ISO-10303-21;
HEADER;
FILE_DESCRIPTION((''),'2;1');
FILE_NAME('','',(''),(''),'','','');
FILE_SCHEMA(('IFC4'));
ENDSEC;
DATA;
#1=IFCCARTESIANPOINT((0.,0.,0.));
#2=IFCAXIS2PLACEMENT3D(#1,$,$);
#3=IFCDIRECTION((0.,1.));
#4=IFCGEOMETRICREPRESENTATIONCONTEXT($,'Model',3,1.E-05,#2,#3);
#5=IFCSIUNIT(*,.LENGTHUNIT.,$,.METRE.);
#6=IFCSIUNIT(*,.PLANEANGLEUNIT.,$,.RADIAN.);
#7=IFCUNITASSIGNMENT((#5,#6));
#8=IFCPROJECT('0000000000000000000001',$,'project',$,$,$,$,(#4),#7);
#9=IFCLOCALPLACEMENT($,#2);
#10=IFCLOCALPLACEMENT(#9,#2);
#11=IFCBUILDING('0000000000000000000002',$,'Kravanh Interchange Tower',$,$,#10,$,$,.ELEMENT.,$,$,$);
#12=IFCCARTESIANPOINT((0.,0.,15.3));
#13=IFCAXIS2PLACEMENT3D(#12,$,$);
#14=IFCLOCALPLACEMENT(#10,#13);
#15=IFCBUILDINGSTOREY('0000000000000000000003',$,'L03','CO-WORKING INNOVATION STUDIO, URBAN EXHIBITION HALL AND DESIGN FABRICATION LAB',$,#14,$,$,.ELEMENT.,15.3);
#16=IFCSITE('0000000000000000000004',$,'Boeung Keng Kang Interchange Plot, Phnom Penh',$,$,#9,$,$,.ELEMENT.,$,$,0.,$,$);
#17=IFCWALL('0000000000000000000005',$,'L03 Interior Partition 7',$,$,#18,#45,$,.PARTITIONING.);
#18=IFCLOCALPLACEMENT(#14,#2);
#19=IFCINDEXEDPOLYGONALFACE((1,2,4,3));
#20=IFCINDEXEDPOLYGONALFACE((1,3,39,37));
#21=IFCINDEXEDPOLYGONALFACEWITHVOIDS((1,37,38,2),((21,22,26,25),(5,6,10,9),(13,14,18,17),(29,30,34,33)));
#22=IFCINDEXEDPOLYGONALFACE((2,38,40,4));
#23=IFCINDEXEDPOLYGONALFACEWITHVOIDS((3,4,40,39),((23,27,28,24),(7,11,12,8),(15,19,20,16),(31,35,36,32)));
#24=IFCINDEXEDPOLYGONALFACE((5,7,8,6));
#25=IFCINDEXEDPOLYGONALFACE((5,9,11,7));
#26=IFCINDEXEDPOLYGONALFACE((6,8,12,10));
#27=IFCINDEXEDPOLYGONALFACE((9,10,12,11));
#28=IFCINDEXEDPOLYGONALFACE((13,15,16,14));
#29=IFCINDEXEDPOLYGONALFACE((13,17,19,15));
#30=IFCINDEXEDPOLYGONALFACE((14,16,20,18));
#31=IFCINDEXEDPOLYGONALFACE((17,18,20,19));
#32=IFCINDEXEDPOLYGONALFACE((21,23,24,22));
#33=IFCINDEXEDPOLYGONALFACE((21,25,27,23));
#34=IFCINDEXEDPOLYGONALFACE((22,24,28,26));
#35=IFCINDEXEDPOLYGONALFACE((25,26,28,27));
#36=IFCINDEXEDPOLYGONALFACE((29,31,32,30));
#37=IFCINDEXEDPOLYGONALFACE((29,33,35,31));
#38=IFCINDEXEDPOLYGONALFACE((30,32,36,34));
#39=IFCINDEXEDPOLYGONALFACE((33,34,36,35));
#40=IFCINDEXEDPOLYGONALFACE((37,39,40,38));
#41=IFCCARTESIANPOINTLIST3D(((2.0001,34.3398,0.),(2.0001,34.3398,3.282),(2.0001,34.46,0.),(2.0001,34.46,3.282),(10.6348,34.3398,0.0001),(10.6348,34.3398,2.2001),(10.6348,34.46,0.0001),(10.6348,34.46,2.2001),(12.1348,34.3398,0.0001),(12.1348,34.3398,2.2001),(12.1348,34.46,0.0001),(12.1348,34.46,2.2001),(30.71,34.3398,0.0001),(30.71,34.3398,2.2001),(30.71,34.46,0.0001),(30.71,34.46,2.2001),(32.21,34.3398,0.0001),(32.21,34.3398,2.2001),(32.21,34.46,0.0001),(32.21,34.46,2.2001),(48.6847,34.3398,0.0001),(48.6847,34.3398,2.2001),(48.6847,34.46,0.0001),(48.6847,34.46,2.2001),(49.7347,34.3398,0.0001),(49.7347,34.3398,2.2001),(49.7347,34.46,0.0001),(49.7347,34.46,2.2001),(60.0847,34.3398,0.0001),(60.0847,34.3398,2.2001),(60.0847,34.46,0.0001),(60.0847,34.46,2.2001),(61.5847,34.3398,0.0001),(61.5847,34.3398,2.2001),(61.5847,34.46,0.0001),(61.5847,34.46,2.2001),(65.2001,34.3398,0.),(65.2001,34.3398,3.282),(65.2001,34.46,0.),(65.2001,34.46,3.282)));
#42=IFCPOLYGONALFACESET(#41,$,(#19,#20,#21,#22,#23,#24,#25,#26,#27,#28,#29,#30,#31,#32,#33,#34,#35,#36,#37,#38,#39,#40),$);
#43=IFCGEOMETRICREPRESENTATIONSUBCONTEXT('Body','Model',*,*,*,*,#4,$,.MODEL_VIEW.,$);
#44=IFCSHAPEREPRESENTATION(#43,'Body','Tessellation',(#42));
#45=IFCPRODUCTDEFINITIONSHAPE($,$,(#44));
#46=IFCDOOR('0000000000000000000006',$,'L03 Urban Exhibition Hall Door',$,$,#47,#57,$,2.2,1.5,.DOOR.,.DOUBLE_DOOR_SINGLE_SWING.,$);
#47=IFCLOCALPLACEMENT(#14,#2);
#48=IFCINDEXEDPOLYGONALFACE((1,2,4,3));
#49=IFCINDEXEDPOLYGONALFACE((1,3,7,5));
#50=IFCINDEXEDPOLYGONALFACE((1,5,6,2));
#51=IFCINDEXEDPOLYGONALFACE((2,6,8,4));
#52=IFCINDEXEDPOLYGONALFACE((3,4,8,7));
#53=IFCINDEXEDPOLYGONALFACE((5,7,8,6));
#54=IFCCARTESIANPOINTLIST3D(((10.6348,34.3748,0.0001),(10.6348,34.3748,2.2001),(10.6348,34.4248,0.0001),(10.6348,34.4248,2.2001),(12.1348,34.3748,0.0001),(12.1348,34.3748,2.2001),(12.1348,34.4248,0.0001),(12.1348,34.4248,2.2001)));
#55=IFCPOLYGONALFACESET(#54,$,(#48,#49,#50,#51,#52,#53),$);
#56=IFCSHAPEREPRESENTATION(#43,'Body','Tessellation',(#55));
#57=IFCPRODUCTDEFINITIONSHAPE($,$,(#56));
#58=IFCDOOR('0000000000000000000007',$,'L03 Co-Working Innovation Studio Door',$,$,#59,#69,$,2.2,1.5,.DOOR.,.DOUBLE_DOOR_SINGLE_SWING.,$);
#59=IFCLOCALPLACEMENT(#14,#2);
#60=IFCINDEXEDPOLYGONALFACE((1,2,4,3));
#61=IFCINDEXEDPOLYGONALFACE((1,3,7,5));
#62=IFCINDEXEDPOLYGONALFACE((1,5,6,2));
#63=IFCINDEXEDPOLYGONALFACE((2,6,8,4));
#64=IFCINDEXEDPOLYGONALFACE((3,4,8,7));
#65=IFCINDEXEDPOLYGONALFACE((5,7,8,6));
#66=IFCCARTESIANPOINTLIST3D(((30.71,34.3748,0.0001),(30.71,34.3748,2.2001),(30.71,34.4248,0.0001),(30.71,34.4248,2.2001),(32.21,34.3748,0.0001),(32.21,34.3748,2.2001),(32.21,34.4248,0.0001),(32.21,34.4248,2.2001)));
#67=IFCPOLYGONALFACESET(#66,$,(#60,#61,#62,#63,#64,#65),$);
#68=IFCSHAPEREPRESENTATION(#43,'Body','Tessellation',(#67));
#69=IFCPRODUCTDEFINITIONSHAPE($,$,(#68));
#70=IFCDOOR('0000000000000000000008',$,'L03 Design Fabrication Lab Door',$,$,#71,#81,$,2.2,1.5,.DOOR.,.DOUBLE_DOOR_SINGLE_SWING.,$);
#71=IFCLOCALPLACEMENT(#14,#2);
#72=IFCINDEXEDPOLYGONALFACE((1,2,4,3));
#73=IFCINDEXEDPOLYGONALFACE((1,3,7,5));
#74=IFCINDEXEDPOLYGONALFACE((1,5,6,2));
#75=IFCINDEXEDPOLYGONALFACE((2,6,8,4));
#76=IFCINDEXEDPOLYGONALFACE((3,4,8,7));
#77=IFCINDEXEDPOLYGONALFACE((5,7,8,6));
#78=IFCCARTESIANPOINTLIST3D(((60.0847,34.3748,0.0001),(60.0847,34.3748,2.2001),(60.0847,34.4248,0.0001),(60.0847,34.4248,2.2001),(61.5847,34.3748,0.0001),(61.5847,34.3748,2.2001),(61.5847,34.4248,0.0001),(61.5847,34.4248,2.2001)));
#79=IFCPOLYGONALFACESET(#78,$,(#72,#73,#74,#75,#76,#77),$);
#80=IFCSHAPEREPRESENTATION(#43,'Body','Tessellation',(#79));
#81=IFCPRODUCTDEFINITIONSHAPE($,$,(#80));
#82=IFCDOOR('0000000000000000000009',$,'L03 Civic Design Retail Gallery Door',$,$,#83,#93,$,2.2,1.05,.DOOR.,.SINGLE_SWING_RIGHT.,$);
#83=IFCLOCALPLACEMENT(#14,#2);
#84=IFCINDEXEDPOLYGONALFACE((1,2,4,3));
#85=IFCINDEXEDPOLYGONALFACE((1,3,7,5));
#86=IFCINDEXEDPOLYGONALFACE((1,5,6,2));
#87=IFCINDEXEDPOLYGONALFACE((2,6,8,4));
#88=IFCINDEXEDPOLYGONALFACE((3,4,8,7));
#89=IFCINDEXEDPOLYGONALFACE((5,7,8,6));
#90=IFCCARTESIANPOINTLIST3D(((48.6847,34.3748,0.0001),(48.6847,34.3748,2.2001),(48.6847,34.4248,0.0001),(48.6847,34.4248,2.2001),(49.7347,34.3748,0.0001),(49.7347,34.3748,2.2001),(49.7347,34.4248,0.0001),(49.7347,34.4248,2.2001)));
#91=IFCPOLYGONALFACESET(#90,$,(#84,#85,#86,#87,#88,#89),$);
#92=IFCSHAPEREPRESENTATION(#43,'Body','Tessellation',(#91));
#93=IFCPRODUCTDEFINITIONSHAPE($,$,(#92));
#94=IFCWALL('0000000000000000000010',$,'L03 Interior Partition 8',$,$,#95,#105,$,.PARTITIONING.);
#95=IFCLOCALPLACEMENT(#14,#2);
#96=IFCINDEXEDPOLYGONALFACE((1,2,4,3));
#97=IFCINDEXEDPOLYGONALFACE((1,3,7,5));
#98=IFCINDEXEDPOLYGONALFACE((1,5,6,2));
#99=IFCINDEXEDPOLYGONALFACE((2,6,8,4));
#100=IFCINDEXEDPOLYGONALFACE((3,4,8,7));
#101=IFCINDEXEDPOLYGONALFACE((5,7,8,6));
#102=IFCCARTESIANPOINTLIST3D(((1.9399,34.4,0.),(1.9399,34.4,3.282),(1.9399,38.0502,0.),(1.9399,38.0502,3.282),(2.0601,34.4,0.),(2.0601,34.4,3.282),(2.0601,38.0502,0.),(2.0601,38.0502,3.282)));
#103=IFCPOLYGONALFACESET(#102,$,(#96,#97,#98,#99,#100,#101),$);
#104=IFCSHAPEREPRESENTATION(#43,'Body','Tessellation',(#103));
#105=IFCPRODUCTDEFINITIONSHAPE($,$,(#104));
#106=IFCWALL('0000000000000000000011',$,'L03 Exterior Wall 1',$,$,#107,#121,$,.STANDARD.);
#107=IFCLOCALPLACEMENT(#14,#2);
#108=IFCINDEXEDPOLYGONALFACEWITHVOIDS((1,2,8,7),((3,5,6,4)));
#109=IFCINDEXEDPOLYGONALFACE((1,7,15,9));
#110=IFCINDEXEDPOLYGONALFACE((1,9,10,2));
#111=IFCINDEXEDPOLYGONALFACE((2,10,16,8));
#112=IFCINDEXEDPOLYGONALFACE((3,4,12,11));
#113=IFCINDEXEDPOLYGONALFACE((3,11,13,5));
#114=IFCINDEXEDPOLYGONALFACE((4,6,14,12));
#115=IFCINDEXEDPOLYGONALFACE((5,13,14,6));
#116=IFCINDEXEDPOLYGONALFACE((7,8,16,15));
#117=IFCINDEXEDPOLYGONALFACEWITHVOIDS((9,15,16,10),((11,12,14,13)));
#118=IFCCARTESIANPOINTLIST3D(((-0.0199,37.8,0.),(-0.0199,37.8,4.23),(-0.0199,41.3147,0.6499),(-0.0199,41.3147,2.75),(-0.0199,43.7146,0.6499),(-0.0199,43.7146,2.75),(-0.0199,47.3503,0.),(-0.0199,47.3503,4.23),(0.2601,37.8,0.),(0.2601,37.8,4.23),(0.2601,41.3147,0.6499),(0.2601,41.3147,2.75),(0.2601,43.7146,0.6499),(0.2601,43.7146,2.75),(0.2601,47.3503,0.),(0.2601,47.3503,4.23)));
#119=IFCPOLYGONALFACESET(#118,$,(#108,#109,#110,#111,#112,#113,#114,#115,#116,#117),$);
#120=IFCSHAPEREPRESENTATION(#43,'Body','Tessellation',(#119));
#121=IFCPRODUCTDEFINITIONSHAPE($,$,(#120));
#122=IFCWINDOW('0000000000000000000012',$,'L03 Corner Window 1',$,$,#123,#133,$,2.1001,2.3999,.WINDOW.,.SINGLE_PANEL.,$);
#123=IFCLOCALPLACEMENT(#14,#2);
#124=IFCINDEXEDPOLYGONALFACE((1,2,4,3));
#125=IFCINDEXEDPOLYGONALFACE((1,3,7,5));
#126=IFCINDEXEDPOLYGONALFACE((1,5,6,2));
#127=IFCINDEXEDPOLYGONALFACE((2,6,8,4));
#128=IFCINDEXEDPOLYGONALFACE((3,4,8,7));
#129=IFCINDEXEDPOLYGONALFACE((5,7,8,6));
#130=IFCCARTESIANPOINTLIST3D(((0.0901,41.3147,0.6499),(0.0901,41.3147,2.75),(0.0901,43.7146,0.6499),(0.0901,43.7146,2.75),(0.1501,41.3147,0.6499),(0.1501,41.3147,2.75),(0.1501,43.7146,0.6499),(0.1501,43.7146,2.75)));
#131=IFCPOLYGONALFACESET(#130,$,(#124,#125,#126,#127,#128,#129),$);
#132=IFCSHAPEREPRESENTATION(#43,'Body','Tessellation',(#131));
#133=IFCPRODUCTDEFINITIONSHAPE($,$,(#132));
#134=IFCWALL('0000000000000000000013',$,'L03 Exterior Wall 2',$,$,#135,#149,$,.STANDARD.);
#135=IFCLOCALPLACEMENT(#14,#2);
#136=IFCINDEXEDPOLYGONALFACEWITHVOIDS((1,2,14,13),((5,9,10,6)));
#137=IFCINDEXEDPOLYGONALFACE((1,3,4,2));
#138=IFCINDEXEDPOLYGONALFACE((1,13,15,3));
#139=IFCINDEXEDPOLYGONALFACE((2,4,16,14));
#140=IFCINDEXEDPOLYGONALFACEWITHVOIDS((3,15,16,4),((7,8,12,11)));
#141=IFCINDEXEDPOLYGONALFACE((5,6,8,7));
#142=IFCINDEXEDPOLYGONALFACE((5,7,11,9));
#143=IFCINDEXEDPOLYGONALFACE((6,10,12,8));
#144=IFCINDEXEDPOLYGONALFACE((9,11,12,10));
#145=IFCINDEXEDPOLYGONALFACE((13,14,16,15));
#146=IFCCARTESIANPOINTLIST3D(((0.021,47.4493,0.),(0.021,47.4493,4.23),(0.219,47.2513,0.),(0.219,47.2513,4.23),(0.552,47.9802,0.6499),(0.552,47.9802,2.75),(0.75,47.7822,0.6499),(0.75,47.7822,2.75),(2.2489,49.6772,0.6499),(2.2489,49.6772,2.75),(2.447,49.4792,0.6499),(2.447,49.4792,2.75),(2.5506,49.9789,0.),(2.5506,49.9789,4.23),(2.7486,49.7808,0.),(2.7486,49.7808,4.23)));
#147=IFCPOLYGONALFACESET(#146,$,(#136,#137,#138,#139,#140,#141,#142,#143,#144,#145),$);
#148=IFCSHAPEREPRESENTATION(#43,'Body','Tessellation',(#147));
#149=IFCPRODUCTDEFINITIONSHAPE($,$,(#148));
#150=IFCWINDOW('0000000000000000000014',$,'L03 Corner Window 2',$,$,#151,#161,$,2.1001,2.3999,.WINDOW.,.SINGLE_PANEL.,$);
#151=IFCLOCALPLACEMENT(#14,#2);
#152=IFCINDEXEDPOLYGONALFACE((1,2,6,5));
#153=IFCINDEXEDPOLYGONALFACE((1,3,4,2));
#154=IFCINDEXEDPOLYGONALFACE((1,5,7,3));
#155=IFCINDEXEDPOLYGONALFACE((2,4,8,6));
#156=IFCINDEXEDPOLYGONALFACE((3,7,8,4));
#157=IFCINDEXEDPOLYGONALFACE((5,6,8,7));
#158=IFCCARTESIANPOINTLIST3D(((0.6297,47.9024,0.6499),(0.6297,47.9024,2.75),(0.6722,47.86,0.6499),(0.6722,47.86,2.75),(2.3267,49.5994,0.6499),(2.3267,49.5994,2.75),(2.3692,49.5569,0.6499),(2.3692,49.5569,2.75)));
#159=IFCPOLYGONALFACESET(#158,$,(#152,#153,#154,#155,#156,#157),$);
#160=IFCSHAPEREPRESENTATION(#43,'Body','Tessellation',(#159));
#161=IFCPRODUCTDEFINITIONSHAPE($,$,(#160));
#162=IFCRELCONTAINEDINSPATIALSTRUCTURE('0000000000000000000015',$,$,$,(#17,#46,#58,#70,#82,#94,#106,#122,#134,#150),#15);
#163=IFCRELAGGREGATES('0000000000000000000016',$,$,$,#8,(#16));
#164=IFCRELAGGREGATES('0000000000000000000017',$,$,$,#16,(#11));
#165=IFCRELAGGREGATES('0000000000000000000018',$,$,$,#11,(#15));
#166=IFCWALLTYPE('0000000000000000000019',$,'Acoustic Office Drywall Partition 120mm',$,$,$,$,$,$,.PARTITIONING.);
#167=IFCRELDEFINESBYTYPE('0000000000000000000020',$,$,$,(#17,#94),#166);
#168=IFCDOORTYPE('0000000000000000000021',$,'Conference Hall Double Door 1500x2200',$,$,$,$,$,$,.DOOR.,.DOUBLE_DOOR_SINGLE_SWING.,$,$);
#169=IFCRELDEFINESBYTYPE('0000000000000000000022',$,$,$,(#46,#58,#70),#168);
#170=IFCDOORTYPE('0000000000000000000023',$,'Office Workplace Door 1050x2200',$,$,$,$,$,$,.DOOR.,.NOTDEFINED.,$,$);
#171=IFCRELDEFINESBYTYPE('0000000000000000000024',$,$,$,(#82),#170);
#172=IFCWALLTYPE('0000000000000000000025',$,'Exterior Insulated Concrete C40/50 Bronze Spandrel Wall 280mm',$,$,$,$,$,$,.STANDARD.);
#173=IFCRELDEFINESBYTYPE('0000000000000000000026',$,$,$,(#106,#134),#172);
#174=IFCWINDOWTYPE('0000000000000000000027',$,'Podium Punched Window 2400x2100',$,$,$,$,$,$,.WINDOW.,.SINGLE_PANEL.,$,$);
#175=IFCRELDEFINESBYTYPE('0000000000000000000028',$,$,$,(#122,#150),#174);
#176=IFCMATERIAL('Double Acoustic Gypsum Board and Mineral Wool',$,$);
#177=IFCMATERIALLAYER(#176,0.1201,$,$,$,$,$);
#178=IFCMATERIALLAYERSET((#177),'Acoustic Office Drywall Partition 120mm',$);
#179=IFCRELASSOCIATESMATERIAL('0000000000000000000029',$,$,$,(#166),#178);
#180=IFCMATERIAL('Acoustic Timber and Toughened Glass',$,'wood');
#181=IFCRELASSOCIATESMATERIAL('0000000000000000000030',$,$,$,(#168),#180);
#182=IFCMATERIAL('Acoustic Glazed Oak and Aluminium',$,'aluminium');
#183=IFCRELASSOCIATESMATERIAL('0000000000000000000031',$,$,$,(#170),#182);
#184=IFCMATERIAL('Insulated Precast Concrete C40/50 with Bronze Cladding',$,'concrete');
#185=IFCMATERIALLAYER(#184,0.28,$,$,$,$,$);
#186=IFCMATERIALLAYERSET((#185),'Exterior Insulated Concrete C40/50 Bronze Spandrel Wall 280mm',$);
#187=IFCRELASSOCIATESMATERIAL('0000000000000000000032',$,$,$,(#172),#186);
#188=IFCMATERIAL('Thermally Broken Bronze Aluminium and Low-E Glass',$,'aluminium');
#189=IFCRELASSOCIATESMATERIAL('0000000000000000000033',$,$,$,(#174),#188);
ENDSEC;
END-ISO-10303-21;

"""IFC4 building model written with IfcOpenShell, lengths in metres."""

from ifc_helpers import new_model, si_unit, direction, frame, frame_2d, origin, place, context, subcontext, project, spatial, rectangle, extrude, material, layer, layer_set, type_object, element, fill, save


model = new_model("IFC4")

# Units and contexts
model_context = context("Model", 3, precision=1e-05, world=origin(), true_north=direction((0.0, 1.0)))
body_context = subcontext(model_context, "Body", "Model", "MODEL_VIEW")
ifc_project = project(units=[si_unit("LENGTHUNIT", "METRE"), si_unit("PLANEANGLEUNIT", "RADIAN")], contexts=[model_context])

# Site, building, storey
site_placement = place(None, origin())
site = spatial("IfcSite", under=ifc_project, at=site_placement, Name="Boeung Keng Kang Interchange Plot, Phnom Penh", CompositionType="ELEMENT", RefElevation=0.0)
building_placement = place(site_placement, origin())
building = spatial("IfcBuilding", under=site, at=building_placement, Name="Kravanh Interchange Tower", CompositionType="ELEMENT")
storey_placement = place(building_placement, frame((0.0, 0.0, 15.3)))
storey = spatial("IfcBuildingStorey", under=building, at=storey_placement, Name="L03", Description="CO-WORKING INNOVATION STUDIO, URBAN EXHIBITION HALL AND DESIGN FABRICATION LAB", CompositionType="ELEMENT", Elevation=15.3)

# Wall, openings, doors
ifc_material_1 = material(Name="Double Acoustic Gypsum Board and Mineral Wool")
ifc_layer_1 = layer(ifc_material_1, 0.1201)
ifc_layer_set_1 = layer_set([ifc_layer_1], Name="Acoustic Office Drywall Partition 120mm")
wall_type_1 = type_object("IfcWallType", Name="Acoustic Office Drywall Partition 120mm", PredefinedType="PARTITIONING", material=ifc_layer_set_1)
wall_1_placement = place(storey_placement, frame((2.0, 34.3999, 0.0), z_axis=(0.0, 0.0, 1.0), x_axis=(1.0, 0.0, 0.0)))
wall_1 = element("IfcWall", 1, at=wall_1_placement, inside=storey, type_object=wall_type_1, Name="L03 Interior Partition 7", PredefinedType="PARTITIONING", context=body_context, shape_type="SweptSolid", body=[
    extrude(rectangle(XDim=63.2, YDim=0.1201, at=frame_2d((31.6001, 0.0))), origin(), (0.0, 0.0, 1.0), 3.282),
])
opening_1_placement = place(wall_1_placement, frame((8.6348, 0.0, 0.0)))
opening_1 = element("IfcOpeningElement", 2, at=opening_1_placement, cuts=wall_1, PredefinedType="OPENING", context=body_context, shape_type="SweptSolid", body=[
    extrude(rectangle(XDim=1.5, YDim=2.2, at=frame_2d((0.75, 1.1001))), frame((0.0, 0.0701, 0.0), z_axis=(0.0, -1.0, 0.0), x_axis=(1.0, 0.0, 0.0)), (0.0, 0.0, 1.0), 0.1401),
])
opening_2_placement = place(wall_1_placement, frame((28.71, 0.0, 0.0)))
opening_2 = element("IfcOpeningElement", 3, at=opening_2_placement, cuts=wall_1, PredefinedType="OPENING", context=body_context, shape_type="SweptSolid", body=[
    extrude(rectangle(XDim=1.5, YDim=2.2, at=frame_2d((0.75, 1.1001))), frame((0.0, 0.0701, 0.0), z_axis=(0.0, -1.0, 0.0), x_axis=(1.0, 0.0, 0.0)), (0.0, 0.0, 1.0), 0.1401),
])
opening_3_placement = place(wall_1_placement, frame((46.6848, 0.0, 0.0)))
opening_3 = element("IfcOpeningElement", 4, at=opening_3_placement, cuts=wall_1, PredefinedType="OPENING", context=body_context, shape_type="SweptSolid", body=[
    extrude(rectangle(XDim=1.05, YDim=2.2, at=frame_2d((0.5249, 1.1001))), frame((0.0, 0.0701, 0.0), z_axis=(0.0, -1.0, 0.0), x_axis=(1.0, 0.0, 0.0)), (0.0, 0.0, 1.0), 0.1401),
])
opening_4_placement = place(wall_1_placement, frame((58.0847, 0.0, 0.0)))
opening_4 = element("IfcOpeningElement", 5, at=opening_4_placement, cuts=wall_1, PredefinedType="OPENING", context=body_context, shape_type="SweptSolid", body=[
    extrude(rectangle(XDim=1.5, YDim=2.2, at=frame_2d((0.75, 1.1001))), frame((0.0, 0.0701, 0.0), z_axis=(0.0, -1.0, 0.0), x_axis=(1.0, 0.0, 0.0)), (0.0, 0.0, 1.0), 0.1401),
])
ifc_material_2 = material(Name="Acoustic Timber and Toughened Glass", Category="wood")
door_type_1 = type_object("IfcDoorType", Name="Conference Hall Double Door 1500x2200", OperationType="DOUBLE_DOOR_SINGLE_SWING", PredefinedType="DOOR", material=ifc_material_2)
door_1_placement = place(opening_1_placement, origin())
door_1 = element("IfcDoor", 6, at=door_1_placement, inside=storey, type_object=door_type_1, Name="L03 Urban Exhibition Hall Door", OperationType="DOUBLE_DOOR_SINGLE_SWING", OverallHeight=2.2, OverallWidth=1.5, PredefinedType="DOOR", context=body_context, shape_type="SweptSolid", body=[
    extrude(rectangle(XDim=1.5, YDim=2.2, at=frame_2d((0.75, 1.1001))), frame((0.0, 0.0249, 0.0), z_axis=(0.0, -1.0, 0.0), x_axis=(1.0, 0.0, 0.0)), (0.0, 0.0, 1.0), 0.05),
])
fill(opening_1, door_1)
door_2_placement = place(opening_2_placement, origin())
door_2 = element("IfcDoor", 7, at=door_2_placement, inside=storey, type_object=door_type_1, Name="L03 Co-Working Innovation Studio Door", OperationType="DOUBLE_DOOR_SINGLE_SWING", OverallHeight=2.2, OverallWidth=1.5, PredefinedType="DOOR", context=body_context, shape_type="SweptSolid", body=[
    extrude(rectangle(XDim=1.5, YDim=2.2, at=frame_2d((0.75, 1.1001))), frame((0.0, 0.0249, 0.0), z_axis=(0.0, -1.0, 0.0), x_axis=(1.0, 0.0, 0.0)), (0.0, 0.0, 1.0), 0.05),
])
fill(opening_2, door_2)
door_3_placement = place(opening_4_placement, origin())
door_3 = element("IfcDoor", 8, at=door_3_placement, inside=storey, type_object=door_type_1, Name="L03 Design Fabrication Lab Door", OperationType="DOUBLE_DOOR_SINGLE_SWING", OverallHeight=2.2, OverallWidth=1.5, PredefinedType="DOOR", context=body_context, shape_type="SweptSolid", body=[
    extrude(rectangle(XDim=1.5, YDim=2.2, at=frame_2d((0.75, 1.1001))), frame((0.0, 0.0249, 0.0), z_axis=(0.0, -1.0, 0.0), x_axis=(1.0, 0.0, 0.0)), (0.0, 0.0, 1.0), 0.05),
])
fill(opening_4, door_3)
ifc_material_3 = material(Name="Acoustic Glazed Oak and Aluminium", Category="aluminium")
door_type_2 = type_object("IfcDoorType", Name="Office Workplace Door 1050x2200", OperationType="NOTDEFINED", PredefinedType="DOOR", material=ifc_material_3)
door_4_placement = place(opening_3_placement, origin())
door_4 = element("IfcDoor", 9, at=door_4_placement, inside=storey, type_object=door_type_2, Name="L03 Civic Design Retail Gallery Door", OperationType="SINGLE_SWING_RIGHT", OverallHeight=2.2, OverallWidth=1.05, PredefinedType="DOOR", context=body_context, shape_type="SweptSolid", body=[
    extrude(rectangle(XDim=1.05, YDim=2.2, at=frame_2d((0.5249, 1.1001))), frame((0.0, 0.0249, 0.0), z_axis=(0.0, -1.0, 0.0), x_axis=(1.0, 0.0, 0.0)), (0.0, 0.0, 1.0), 0.05),
])
fill(opening_3, door_4)

# Wall
wall_2_placement = place(storey_placement, frame((2.0, 34.3999, 0.0), z_axis=(0.0, 0.0, 1.0), x_axis=(0.0, 1.0, 0.0)))
element("IfcWall", 10, at=wall_2_placement, inside=storey, type_object=wall_type_1, Name="L03 Interior Partition 8", PredefinedType="PARTITIONING", context=body_context, shape_type="SweptSolid", body=[
    extrude(rectangle(XDim=3.6501, YDim=0.1201, at=frame_2d((1.8252, 0.0))), origin(), (0.0, 0.0, 1.0), 3.282),
])

# Walls, openings, windows
ifc_material_4 = material(Name="Insulated Precast Concrete C40/50 with Bronze Cladding", Category="concrete")
ifc_layer_2 = layer(ifc_material_4, 0.28)
ifc_layer_set_2 = layer_set([ifc_layer_2], Name="Exterior Insulated Concrete C40/50 Bronze Spandrel Wall 280mm")
wall_type_2 = type_object("IfcWallType", Name="Exterior Insulated Concrete C40/50 Bronze Spandrel Wall 280mm", PredefinedType="STANDARD", material=ifc_layer_set_2)
wall_3_placement = place(storey_placement, frame((0.1201, 37.8, 0.0), z_axis=(0.0, 0.0, 1.0), x_axis=(0.0, 1.0, 0.0)))
wall_3 = element("IfcWall", 11, at=wall_3_placement, inside=storey, type_object=wall_type_2, Name="L03 Exterior Wall 1", PredefinedType="STANDARD", context=body_context, shape_type="SweptSolid", body=[
    extrude(rectangle(XDim=9.5503, YDim=0.28, at=frame_2d((4.7751, 0.0))), origin(), (0.0, 0.0, 1.0), 4.23),
])
opening_5_placement = place(wall_3_placement, frame((3.5146, 0.0, 0.6499)))
opening_5 = element("IfcOpeningElement", 12, at=opening_5_placement, cuts=wall_3, PredefinedType="OPENING", context=body_context, shape_type="SweptSolid", body=[
    extrude(rectangle(XDim=2.3999, YDim=2.1001, at=frame_2d((1.2, 1.05))), frame((0.0, 0.1499, 0.0), z_axis=(0.0, -1.0, 0.0), x_axis=(1.0, 0.0, 0.0)), (0.0, 0.0, 1.0), 0.3),
])
ifc_material_5 = material(Name="Thermally Broken Bronze Aluminium and Low-E Glass", Category="aluminium")
window_type = type_object("IfcWindowType", Name="Podium Punched Window 2400x2100", PartitioningType="SINGLE_PANEL", PredefinedType="WINDOW", material=ifc_material_5)
window_1_placement = place(opening_5_placement, origin())
window_1 = element("IfcWindow", 13, at=window_1_placement, inside=storey, type_object=window_type, Name="L03 Corner Window 1", OverallHeight=2.1001, OverallWidth=2.3999, PartitioningType="SINGLE_PANEL", PredefinedType="WINDOW", context=body_context, shape_type="SweptSolid", body=[
    extrude(rectangle(XDim=2.3999, YDim=2.1001, at=frame_2d((1.2, 1.05))), frame((0.0, 0.03, 0.0), z_axis=(0.0, -1.0, 0.0), x_axis=(1.0, 0.0, 0.0)), (0.0, 0.0, 1.0), 0.0601),
])
fill(opening_5, window_1)
wall_4_placement = place(storey_placement, frame((0.1201, 47.3503, 0.0), z_axis=(0.0, 0.0, 1.0), x_axis=(0.707107, 0.707107, 0.0)))
wall_4 = element("IfcWall", 14, at=wall_4_placement, inside=storey, type_object=wall_type_2, Name="L03 Exterior Wall 2", PredefinedType="STANDARD", context=body_context, shape_type="SweptSolid", body=[
    extrude(rectangle(XDim=3.5774, YDim=0.28, at=frame_2d((1.7886, 0.0))), origin(), (0.0, 0.0, 1.0), 4.23),
])
opening_6_placement = place(wall_4_placement, frame((0.7507, 0.0, 0.6499)))
opening_6 = element("IfcOpeningElement", 15, at=opening_6_placement, cuts=wall_4, PredefinedType="OPENING", context=body_context, shape_type="SweptSolid", body=[
    extrude(rectangle(XDim=2.3999, YDim=2.1001, at=frame_2d((1.2, 1.05))), frame((0.0, 0.1499, 0.0), z_axis=(0.0, -1.0, 0.0), x_axis=(1.0, 0.0, 0.0)), (0.0, 0.0, 1.0), 0.3),
])
window_2_placement = place(opening_6_placement, origin())
window_2 = element("IfcWindow", 16, at=window_2_placement, inside=storey, type_object=window_type, Name="L03 Corner Window 2", OverallHeight=2.1001, OverallWidth=2.3999, PartitioningType="SINGLE_PANEL", PredefinedType="WINDOW", context=body_context, shape_type="SweptSolid", body=[
    extrude(rectangle(XDim=2.3999, YDim=2.1001, at=frame_2d((1.2, 1.05))), frame((0.0, 0.03, 0.0), z_axis=(0.0, -1.0, 0.0), x_axis=(1.0, 0.0, 0.0)), (0.0, 0.0, 1.0), 0.0601),
])
fill(opening_6, window_2)

save(model, "model.ifc")
